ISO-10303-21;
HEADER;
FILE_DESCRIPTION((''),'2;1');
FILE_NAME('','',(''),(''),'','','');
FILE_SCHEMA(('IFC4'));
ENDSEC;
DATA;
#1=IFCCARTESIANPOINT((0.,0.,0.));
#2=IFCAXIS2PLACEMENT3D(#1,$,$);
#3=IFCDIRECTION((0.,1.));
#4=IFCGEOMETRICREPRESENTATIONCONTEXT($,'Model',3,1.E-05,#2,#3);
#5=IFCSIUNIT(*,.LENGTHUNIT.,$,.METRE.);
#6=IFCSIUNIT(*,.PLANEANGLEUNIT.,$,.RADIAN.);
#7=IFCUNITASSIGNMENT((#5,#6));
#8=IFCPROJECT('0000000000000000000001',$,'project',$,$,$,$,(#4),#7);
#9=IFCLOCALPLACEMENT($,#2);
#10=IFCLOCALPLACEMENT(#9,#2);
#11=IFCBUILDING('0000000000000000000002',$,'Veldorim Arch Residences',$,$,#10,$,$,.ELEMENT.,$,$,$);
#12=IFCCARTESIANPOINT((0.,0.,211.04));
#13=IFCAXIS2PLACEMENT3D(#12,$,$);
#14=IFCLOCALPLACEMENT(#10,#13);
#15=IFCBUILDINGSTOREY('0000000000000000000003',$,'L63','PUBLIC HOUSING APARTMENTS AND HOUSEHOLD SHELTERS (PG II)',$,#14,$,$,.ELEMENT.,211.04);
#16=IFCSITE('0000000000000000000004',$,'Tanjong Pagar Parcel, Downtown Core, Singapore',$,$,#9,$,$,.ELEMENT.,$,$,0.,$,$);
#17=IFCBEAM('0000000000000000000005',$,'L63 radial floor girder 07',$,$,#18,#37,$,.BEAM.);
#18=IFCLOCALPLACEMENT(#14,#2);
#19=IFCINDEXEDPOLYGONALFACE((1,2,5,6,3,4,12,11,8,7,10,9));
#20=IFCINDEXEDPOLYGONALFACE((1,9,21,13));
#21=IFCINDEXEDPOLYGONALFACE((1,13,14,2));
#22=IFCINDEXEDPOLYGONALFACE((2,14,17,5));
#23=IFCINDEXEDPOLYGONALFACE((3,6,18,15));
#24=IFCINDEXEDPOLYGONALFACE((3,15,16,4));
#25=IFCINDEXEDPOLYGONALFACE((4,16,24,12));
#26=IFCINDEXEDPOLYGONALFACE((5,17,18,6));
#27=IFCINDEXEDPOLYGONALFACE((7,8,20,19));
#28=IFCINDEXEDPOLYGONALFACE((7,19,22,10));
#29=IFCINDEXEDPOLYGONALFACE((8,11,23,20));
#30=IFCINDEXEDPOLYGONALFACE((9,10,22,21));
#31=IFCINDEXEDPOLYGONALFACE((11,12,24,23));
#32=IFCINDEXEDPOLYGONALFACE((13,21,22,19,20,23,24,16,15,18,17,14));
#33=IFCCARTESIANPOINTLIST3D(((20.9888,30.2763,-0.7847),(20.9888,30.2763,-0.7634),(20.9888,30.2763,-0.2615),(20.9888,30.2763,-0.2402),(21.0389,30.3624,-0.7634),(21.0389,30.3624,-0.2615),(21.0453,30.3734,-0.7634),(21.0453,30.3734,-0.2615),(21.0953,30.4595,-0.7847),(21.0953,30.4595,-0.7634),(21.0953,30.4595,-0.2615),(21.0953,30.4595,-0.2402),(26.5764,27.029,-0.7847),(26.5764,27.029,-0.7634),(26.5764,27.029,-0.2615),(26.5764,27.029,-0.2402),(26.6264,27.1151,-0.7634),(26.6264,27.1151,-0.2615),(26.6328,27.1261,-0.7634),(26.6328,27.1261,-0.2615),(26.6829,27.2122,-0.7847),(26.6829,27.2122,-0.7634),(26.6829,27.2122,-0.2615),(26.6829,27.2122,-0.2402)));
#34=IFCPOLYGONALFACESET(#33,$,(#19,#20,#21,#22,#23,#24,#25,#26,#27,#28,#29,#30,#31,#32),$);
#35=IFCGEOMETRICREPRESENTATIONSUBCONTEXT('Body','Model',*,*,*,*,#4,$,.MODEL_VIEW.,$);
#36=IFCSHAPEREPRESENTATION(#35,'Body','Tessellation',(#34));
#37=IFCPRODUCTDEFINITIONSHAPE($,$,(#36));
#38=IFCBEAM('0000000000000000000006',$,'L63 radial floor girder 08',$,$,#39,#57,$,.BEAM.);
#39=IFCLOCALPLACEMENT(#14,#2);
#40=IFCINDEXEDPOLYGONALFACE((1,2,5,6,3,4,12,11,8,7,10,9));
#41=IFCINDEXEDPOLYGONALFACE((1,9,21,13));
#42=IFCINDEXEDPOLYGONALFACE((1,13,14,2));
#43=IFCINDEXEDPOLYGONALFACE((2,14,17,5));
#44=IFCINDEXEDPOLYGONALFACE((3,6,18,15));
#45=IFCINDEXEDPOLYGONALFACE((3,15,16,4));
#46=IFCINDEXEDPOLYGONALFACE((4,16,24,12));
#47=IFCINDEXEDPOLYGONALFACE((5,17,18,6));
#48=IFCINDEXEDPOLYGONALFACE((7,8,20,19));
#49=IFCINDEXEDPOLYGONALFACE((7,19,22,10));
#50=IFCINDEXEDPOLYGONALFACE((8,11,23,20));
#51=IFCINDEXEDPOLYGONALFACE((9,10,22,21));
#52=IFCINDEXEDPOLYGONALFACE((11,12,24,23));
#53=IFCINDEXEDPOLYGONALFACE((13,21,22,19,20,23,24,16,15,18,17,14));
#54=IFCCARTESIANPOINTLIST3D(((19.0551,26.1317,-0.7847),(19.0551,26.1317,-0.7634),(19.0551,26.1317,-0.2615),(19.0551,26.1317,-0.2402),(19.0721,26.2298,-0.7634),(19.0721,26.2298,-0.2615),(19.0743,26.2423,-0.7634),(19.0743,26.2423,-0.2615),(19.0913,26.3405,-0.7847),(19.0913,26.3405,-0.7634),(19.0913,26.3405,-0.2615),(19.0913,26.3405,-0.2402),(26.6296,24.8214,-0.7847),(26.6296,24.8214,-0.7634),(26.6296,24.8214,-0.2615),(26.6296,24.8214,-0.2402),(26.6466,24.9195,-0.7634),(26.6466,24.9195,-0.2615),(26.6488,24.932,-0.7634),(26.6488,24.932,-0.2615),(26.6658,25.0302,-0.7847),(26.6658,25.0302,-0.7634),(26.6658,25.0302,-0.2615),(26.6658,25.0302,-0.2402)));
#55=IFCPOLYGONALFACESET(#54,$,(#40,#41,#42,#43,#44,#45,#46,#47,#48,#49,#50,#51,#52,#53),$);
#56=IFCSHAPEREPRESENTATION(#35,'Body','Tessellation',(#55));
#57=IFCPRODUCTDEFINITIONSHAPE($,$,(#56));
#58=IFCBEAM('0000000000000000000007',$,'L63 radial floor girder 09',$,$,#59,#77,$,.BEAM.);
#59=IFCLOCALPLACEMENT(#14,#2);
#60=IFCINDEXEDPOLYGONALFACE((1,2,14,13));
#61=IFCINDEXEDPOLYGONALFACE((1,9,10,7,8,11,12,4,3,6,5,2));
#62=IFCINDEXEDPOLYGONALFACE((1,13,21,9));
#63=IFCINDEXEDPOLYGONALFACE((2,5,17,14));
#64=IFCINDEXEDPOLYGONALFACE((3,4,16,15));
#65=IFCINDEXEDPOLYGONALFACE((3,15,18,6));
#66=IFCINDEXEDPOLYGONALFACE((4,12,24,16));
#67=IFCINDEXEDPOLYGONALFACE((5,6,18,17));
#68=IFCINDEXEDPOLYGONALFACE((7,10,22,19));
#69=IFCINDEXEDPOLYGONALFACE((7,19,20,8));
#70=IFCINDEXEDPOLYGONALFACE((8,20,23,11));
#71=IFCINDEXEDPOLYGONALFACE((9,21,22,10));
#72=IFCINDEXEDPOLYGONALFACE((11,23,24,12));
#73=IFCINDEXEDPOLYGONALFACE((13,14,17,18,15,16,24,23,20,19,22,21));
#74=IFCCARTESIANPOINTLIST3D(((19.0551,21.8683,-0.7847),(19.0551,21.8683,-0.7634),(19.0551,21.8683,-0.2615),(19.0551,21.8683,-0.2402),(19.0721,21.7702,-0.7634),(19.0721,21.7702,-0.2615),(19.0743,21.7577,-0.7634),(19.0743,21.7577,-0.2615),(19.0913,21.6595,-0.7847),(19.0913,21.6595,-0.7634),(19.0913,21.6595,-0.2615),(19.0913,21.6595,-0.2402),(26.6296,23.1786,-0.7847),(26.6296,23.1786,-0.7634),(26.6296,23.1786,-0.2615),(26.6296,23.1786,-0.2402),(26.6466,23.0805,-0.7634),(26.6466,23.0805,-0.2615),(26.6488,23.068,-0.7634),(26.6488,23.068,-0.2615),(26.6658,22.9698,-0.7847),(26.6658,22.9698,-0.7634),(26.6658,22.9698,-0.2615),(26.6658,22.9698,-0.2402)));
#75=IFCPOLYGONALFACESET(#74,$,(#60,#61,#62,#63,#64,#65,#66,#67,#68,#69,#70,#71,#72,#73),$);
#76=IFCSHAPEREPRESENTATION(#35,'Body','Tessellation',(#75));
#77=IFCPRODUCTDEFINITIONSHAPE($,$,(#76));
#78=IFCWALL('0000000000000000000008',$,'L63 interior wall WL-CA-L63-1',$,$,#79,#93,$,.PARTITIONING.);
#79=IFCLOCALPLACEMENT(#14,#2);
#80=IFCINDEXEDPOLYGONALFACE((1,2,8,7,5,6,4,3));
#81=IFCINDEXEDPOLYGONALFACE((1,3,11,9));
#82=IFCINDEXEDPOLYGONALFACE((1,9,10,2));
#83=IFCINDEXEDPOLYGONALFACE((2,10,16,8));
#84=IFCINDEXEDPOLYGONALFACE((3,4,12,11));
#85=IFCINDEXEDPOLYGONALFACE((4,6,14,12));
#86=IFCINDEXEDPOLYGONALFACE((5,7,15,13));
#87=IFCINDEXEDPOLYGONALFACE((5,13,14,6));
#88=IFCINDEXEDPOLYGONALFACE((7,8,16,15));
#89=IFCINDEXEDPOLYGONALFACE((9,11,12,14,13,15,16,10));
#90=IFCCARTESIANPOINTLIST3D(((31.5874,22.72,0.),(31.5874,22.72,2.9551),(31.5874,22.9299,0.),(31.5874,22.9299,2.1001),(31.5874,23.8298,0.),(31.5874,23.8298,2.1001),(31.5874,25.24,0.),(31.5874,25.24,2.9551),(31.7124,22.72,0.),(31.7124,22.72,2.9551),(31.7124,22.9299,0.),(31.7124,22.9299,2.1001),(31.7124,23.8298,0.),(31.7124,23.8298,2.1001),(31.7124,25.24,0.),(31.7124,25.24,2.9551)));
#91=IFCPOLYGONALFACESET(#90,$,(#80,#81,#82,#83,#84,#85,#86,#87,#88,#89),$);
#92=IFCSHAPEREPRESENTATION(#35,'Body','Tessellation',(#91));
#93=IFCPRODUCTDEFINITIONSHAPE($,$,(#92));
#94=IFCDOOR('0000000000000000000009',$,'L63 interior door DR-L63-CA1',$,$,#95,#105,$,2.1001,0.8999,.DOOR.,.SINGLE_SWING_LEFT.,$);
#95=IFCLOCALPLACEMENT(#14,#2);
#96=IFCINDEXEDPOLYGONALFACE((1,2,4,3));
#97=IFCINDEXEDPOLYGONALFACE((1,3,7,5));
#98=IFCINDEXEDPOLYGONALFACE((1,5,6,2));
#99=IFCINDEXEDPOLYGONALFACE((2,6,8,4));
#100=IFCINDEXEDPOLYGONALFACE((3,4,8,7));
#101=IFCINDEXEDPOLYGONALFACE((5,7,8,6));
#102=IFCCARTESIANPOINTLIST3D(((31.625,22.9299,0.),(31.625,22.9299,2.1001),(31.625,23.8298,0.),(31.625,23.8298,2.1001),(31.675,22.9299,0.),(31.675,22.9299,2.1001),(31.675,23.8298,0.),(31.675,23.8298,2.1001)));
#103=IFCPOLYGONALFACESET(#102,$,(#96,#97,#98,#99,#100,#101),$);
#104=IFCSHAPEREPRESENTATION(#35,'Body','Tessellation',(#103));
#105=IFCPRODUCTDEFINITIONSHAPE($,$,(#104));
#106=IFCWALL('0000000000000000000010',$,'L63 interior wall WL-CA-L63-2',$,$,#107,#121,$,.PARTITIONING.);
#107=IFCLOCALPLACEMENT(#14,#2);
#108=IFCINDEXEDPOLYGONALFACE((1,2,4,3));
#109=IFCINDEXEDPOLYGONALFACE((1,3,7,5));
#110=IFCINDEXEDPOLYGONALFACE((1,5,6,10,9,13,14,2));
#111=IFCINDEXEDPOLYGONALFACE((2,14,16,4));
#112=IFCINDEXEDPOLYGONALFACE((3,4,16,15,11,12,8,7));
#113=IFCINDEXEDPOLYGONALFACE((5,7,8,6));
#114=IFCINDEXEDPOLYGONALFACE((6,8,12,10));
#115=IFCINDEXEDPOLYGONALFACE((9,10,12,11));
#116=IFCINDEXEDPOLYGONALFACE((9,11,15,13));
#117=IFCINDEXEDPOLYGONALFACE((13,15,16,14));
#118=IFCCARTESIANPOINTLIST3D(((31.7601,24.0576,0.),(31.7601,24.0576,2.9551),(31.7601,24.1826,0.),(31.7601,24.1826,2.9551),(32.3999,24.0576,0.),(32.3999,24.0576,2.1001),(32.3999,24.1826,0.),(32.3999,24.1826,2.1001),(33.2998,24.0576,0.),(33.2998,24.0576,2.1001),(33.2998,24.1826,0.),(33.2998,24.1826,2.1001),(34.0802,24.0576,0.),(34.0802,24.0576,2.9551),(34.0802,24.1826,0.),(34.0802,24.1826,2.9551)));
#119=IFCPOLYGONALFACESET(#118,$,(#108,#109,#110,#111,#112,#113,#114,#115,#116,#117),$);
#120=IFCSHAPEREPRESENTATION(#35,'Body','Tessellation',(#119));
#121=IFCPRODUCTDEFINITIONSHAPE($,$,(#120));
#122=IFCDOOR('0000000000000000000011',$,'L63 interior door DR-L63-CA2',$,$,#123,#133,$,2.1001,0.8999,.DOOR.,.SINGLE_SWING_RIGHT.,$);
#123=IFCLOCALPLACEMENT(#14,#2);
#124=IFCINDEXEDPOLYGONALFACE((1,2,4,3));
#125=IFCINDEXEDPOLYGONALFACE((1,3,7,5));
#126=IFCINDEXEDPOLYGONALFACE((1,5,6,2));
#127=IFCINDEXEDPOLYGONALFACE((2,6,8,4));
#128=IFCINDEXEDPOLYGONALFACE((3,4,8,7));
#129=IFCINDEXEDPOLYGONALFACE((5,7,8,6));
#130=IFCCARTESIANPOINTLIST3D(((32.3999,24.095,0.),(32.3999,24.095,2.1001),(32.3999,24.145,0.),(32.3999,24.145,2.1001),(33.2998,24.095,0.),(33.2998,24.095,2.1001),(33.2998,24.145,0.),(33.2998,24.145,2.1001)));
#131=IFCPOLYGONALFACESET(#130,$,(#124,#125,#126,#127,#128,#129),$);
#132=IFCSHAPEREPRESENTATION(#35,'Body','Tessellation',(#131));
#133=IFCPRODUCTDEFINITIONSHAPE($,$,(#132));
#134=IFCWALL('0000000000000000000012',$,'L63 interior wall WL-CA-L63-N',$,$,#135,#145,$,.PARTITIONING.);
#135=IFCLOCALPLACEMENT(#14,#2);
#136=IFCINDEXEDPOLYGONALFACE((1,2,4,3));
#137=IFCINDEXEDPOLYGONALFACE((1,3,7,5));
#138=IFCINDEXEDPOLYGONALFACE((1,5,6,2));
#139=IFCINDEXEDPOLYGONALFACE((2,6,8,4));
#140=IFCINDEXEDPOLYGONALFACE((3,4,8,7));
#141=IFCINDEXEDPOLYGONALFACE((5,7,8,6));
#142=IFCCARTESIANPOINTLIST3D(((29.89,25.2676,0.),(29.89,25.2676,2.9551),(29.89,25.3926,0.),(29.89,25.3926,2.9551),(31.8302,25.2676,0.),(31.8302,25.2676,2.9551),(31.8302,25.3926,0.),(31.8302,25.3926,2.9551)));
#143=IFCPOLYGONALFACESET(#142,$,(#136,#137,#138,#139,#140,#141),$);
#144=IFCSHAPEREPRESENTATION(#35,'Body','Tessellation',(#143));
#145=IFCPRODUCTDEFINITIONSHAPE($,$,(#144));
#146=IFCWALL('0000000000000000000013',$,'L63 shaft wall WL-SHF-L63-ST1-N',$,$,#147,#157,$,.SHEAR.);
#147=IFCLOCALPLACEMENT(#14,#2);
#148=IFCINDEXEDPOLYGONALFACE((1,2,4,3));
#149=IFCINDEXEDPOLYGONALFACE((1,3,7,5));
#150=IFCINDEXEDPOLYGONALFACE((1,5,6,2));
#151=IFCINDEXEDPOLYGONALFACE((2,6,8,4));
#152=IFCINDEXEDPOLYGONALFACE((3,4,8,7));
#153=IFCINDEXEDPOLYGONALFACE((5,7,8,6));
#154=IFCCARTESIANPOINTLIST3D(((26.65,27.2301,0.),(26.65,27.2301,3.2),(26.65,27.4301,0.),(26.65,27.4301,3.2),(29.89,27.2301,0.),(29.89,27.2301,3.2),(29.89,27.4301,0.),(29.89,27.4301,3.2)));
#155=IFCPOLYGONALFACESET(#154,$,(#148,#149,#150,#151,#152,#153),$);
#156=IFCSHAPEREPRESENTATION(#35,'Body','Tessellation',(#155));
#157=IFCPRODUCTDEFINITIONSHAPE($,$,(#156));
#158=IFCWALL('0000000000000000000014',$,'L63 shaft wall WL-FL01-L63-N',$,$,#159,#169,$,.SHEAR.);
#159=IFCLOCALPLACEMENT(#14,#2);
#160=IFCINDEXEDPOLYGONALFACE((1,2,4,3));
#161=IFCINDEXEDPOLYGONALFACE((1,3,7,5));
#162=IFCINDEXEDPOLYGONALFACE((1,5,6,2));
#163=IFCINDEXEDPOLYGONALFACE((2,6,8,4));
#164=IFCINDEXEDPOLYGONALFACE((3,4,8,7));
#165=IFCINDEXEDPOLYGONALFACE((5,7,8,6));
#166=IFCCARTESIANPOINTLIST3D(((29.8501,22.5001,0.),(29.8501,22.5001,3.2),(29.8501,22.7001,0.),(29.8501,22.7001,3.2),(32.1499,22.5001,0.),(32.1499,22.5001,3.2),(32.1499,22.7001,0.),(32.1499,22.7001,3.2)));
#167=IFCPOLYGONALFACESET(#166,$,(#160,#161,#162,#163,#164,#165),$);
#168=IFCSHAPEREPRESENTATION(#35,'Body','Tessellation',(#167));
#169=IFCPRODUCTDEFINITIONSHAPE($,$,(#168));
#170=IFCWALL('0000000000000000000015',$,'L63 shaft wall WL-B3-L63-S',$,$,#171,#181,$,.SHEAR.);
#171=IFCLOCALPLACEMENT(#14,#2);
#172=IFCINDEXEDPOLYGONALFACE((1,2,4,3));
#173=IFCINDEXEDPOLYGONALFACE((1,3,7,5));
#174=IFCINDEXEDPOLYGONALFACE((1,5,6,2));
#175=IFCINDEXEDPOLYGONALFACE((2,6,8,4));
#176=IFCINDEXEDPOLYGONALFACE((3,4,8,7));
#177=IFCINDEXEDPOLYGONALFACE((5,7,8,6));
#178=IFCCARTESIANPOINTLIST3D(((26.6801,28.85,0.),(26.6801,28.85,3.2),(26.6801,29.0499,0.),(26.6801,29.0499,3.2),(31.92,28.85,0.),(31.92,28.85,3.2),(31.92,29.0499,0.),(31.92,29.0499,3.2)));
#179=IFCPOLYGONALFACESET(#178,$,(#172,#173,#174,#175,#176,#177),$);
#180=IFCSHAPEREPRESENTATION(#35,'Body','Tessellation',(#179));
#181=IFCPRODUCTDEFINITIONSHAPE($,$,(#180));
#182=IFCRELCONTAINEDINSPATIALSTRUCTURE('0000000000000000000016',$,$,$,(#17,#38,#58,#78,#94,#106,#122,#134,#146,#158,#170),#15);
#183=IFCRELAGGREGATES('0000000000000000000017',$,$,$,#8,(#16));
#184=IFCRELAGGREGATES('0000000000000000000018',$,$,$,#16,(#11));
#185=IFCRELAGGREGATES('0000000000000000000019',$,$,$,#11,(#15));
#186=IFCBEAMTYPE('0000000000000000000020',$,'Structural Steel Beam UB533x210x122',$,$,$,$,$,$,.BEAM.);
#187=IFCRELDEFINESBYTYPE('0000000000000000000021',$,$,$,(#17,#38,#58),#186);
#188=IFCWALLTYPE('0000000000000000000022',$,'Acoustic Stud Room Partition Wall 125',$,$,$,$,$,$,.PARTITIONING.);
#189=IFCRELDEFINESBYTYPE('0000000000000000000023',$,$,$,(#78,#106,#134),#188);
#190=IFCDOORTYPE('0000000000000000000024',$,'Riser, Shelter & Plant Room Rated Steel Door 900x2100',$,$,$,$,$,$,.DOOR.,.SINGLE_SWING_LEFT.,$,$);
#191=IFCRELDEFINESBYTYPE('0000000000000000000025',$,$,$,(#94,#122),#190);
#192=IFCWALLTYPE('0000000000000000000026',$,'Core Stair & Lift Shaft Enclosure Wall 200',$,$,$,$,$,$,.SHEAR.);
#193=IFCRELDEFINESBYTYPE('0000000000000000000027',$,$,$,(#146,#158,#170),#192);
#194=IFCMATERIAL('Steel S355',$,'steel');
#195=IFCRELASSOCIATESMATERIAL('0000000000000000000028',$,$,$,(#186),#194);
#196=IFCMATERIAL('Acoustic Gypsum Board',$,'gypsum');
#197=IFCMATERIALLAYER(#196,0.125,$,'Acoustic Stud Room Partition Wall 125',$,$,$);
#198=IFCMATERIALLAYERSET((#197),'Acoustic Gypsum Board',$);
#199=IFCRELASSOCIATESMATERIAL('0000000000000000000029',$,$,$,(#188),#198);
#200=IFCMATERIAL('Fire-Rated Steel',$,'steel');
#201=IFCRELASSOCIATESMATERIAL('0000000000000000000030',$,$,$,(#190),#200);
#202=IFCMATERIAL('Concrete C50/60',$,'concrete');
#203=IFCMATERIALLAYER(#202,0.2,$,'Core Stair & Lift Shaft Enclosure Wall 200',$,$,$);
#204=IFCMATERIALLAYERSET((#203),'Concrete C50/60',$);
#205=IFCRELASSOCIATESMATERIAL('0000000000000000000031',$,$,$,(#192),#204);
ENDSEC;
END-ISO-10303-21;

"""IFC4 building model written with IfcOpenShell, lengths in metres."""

from ifc_helpers import new_model, si_unit, direction, frame, frame_2d, origin, origin_2d, place, context, subcontext, project, spatial, rectangle, i_section, extrude, material, layer, layer_set, material_profile, profile_set, type_object, element, fill, save


model = new_model("IFC4")

# Units and contexts
model_context = context("Model", 3, precision=1e-05, world=origin(), true_north=direction((0.0, 1.0)))
body_context = subcontext(model_context, "Body", "Model", "MODEL_VIEW")
ifc_project = project(units=[si_unit("LENGTHUNIT", "METRE"), si_unit("PLANEANGLEUNIT", "RADIAN")], contexts=[model_context])

# Site, building, storey
site_placement = place(None, origin())
site = spatial("IfcSite", under=ifc_project, at=site_placement, Name="Tanjong Pagar Parcel, Downtown Core, Singapore", CompositionType="ELEMENT", RefElevation=0.0)
building_placement = place(site_placement, origin())
building = spatial("IfcBuilding", under=site, at=building_placement, Name="Veldorim Arch Residences", CompositionType="ELEMENT")
storey_placement = place(building_placement, frame((0.0, 0.0, 211.04)))
storey = spatial("IfcBuildingStorey", under=building, at=storey_placement, Name="L63", Description="PUBLIC HOUSING APARTMENTS AND HOUSEHOLD SHELTERS (PG II)", CompositionType="ELEMENT", Elevation=211.04)

# Beams
ifc_material_1 = material(Name="Steel S355", Category="steel")
ifc_material_profile = material_profile(ifc_material_1, i_section(OverallWidth=0.2119, OverallDepth=0.5444, WebThickness=0.0127, FlangeThickness=0.0212, at=origin_2d()), Name="UB533x210x122")
ifc_profile_set = profile_set([ifc_material_profile], Name="Steel S355")
beam_type = type_object("IfcBeamType", Name="Structural Steel Beam UB533x210x122", PredefinedType="BEAM", material=ifc_profile_set)
beam_placement = place(storey_placement, frame((26.6296, 27.1206, -0.5125), z_axis=(-0.864596, 0.502468, 0.0), x_axis=(-0.502468, -0.864596, 0.0)))
element("IfcBeam", 1, at=beam_placement, inside=storey, type_object=beam_type, Name="L63 radial floor girder 07", PredefinedType="BEAM", context=body_context, shape_type="SweptSolid", body=[
    extrude(i_section(OverallWidth=0.2119, OverallDepth=0.5444, WebThickness=0.0127, FlangeThickness=0.0212, at=origin_2d()), origin(), (0.0, 0.0, 1.0), 6.4626),
])
for number, where, z_axis, x_axis, name in (
    (2, (26.6477, 24.9258, -0.5125), (-0.985365, 0.170458, 0.0), (-0.170458, -0.985365, 0.0), "L63 radial floor girder 08"),
    (3, (26.6477, 23.0742, -0.5125), (-0.985365, -0.170458, 0.0), (0.170458, -0.985365, 0.0), "L63 radial floor girder 09"),
):
    element("IfcBeam", number, at=place(storey_placement, frame(where, z_axis=z_axis, x_axis=x_axis)), inside=storey, type_object=beam_type, Name=name, PredefinedType="BEAM", context=body_context, shape_type="SweptSolid", body=[
        extrude(i_section(OverallWidth=0.2119, OverallDepth=0.5444, WebThickness=0.0127, FlangeThickness=0.0212, at=origin_2d()), origin(), (0.0, 0.0, 1.0), 7.687),
    ])

# Walls, openings, doors
ifc_material_2 = material(Name="Acoustic Gypsum Board", Category="gypsum")
ifc_layer_1 = layer(ifc_material_2, 0.125, Name="Acoustic Stud Room Partition Wall 125")
ifc_layer_set_1 = layer_set([ifc_layer_1], Name="Acoustic Gypsum Board")
wall_type_1 = type_object("IfcWallType", Name="Acoustic Stud Room Partition Wall 125", PredefinedType="PARTITIONING", material=ifc_layer_set_1)
wall_1_placement = place(storey_placement, frame((31.6499, 22.72, 0.0), z_axis=(0.0, 0.0, 1.0), x_axis=(0.0, 1.0, 0.0)))
wall_1 = element("IfcWall", 4, at=wall_1_placement, inside=storey, type_object=wall_type_1, Name="L63 interior wall WL-CA-L63-1", PredefinedType="PARTITIONING", context=body_context, shape_type="SweptSolid", body=[
    extrude(rectangle(XDim=2.52, YDim=0.125, at=frame_2d((1.26, 0.0))), origin(), (0.0, 0.0, 1.0), 2.9551),
])
opening_1_placement = place(wall_1_placement, frame((0.21, 0.0, 0.0)))
opening_1 = element("IfcOpeningElement", 5, at=opening_1_placement, cuts=wall_1, PredefinedType="OPENING", context=body_context, shape_type="SweptSolid", body=[
    extrude(rectangle(XDim=0.8999, YDim=2.1001, at=frame_2d((0.45, 1.05))), frame((0.0, 0.0725, 0.0), z_axis=(0.0, -1.0, 0.0), x_axis=(1.0, 0.0, 0.0)), (0.0, 0.0, 1.0), 0.145),
])
ifc_material_3 = material(Name="Fire-Rated Steel", Category="steel")
door_type_1 = type_object("IfcDoorType", Name="Riser, Shelter & Plant Room Rated Steel Door 900x2100", OperationType="SINGLE_SWING_LEFT", PredefinedType="DOOR", material=ifc_material_3)
door_1_placement = place(opening_1_placement, origin())
door_1 = element("IfcDoor", 6, at=door_1_placement, inside=storey, type_object=door_type_1, Name="L63 interior door DR-L63-CA1", OperationType="SINGLE_SWING_LEFT", OverallHeight=2.1001, OverallWidth=0.8999, PredefinedType="DOOR", context=body_context, shape_type="SweptSolid", body=[
    extrude(rectangle(XDim=0.8999, YDim=2.1001, at=frame_2d((0.45, 1.05))), frame((0.0, 0.0249, 0.0), z_axis=(0.0, -1.0, 0.0), x_axis=(1.0, 0.0, 0.0)), (0.0, 0.0, 1.0), 0.05),
])
fill(opening_1, door_1)
wall_2_placement = place(storey_placement, frame((31.76, 24.1201, 0.0), z_axis=(0.0, 0.0, 1.0), x_axis=(1.0, 0.0, 0.0)))
wall_2 = element("IfcWall", 7, at=wall_2_placement, inside=storey, type_object=wall_type_1, Name="L63 interior wall WL-CA-L63-2", PredefinedType="PARTITIONING", context=body_context, shape_type="SweptSolid", body=[
    extrude(rectangle(XDim=2.3201, YDim=0.125, at=frame_2d((1.1602, 0.0))), origin(), (0.0, 0.0, 1.0), 2.9551),
])
opening_2_placement = place(wall_2_placement, frame((0.6399, 0.0, 0.0)))
opening_2 = element("IfcOpeningElement", 8, at=opening_2_placement, cuts=wall_2, PredefinedType="OPENING", context=body_context, shape_type="SweptSolid", body=[
    extrude(rectangle(XDim=0.8999, YDim=2.1001, at=frame_2d((0.45, 1.05))), frame((0.0, 0.0725, 0.0), z_axis=(0.0, -1.0, 0.0), x_axis=(1.0, 0.0, 0.0)), (0.0, 0.0, 1.0), 0.145),
])
door_2_placement = place(opening_2_placement, origin())
door_2 = element("IfcDoor", 9, at=door_2_placement, inside=storey, type_object=door_type_1, Name="L63 interior door DR-L63-CA2", OperationType="SINGLE_SWING_RIGHT", OverallHeight=2.1001, OverallWidth=0.8999, PredefinedType="DOOR", context=body_context, shape_type="SweptSolid", body=[
    extrude(rectangle(XDim=0.8999, YDim=2.1001, at=frame_2d((0.45, 1.05))), frame((0.0, 0.0249, 0.0), z_axis=(0.0, -1.0, 0.0), x_axis=(1.0, 0.0, 0.0)), (0.0, 0.0, 1.0), 0.05),
])
fill(opening_2, door_2)

# Walls
wall_3_placement = place(storey_placement, frame((29.8899, 25.3301, 0.0), z_axis=(0.0, 0.0, 1.0), x_axis=(1.0, 0.0, 0.0)))
element("IfcWall", 10, at=wall_3_placement, inside=storey, type_object=wall_type_1, Name="L63 interior wall WL-CA-L63-N", PredefinedType="PARTITIONING", context=body_context, shape_type="SweptSolid", body=[
    extrude(rectangle(XDim=1.9402, YDim=0.125, at=frame_2d((0.9702, 0.0))), origin(), (0.0, 0.0, 1.0), 2.9551),
])
ifc_material_4 = material(Name="Concrete C50/60", Category="concrete")
ifc_layer_2 = layer(ifc_material_4, 0.2, Name="Core Stair & Lift Shaft Enclosure Wall 200")
ifc_layer_set_2 = layer_set([ifc_layer_2], Name="Concrete C50/60")
wall_type_2 = type_object("IfcWallType", Name="Core Stair & Lift Shaft Enclosure Wall 200", PredefinedType="SHEAR", material=ifc_layer_set_2)
wall_4_placement = place(storey_placement, frame((26.6499, 27.3301, 0.0), z_axis=(0.0, 0.0, 1.0), x_axis=(1.0, 0.0, 0.0)))
element("IfcWall", 11, at=wall_4_placement, inside=storey, type_object=wall_type_2, Name="L63 shaft wall WL-SHF-L63-ST1-N", PredefinedType="SHEAR", context=body_context, shape_type="SweptSolid", body=[
    extrude(rectangle(XDim=3.24, YDim=0.2, at=frame_2d((1.6201, 0.0))), origin(), (0.0, 0.0, 1.0), 3.2),
])
wall_5_placement = place(storey_placement, frame((29.8501, 22.6001, 0.0), z_axis=(0.0, 0.0, 1.0), x_axis=(1.0, 0.0, 0.0)))
element("IfcWall", 12, at=wall_5_placement, inside=storey, type_object=wall_type_2, Name="L63 shaft wall WL-FL01-L63-N", PredefinedType="SHEAR", context=body_context, shape_type="SweptSolid", body=[
    extrude(rectangle(XDim=2.2998, YDim=0.2, at=frame_2d((1.1499, 0.0))), origin(), (0.0, 0.0, 1.0), 3.2),
])

# Wall
wall_6_placement = place(storey_placement, frame((26.6799, 28.95, 0.0), z_axis=(0.0, 0.0, 1.0), x_axis=(1.0, 0.0, 0.0)))
element("IfcWall", 13, at=wall_6_placement, inside=storey, type_object=wall_type_2, Name="L63 shaft wall WL-B3-L63-S", PredefinedType="SHEAR", context=body_context, shape_type="SweptSolid", body=[
    extrude(rectangle(XDim=5.24, YDim=0.2, at=frame_2d((2.6201, 0.0))), origin(), (0.0, 0.0, 1.0), 3.2),
])

save(model, "model.ifc")
